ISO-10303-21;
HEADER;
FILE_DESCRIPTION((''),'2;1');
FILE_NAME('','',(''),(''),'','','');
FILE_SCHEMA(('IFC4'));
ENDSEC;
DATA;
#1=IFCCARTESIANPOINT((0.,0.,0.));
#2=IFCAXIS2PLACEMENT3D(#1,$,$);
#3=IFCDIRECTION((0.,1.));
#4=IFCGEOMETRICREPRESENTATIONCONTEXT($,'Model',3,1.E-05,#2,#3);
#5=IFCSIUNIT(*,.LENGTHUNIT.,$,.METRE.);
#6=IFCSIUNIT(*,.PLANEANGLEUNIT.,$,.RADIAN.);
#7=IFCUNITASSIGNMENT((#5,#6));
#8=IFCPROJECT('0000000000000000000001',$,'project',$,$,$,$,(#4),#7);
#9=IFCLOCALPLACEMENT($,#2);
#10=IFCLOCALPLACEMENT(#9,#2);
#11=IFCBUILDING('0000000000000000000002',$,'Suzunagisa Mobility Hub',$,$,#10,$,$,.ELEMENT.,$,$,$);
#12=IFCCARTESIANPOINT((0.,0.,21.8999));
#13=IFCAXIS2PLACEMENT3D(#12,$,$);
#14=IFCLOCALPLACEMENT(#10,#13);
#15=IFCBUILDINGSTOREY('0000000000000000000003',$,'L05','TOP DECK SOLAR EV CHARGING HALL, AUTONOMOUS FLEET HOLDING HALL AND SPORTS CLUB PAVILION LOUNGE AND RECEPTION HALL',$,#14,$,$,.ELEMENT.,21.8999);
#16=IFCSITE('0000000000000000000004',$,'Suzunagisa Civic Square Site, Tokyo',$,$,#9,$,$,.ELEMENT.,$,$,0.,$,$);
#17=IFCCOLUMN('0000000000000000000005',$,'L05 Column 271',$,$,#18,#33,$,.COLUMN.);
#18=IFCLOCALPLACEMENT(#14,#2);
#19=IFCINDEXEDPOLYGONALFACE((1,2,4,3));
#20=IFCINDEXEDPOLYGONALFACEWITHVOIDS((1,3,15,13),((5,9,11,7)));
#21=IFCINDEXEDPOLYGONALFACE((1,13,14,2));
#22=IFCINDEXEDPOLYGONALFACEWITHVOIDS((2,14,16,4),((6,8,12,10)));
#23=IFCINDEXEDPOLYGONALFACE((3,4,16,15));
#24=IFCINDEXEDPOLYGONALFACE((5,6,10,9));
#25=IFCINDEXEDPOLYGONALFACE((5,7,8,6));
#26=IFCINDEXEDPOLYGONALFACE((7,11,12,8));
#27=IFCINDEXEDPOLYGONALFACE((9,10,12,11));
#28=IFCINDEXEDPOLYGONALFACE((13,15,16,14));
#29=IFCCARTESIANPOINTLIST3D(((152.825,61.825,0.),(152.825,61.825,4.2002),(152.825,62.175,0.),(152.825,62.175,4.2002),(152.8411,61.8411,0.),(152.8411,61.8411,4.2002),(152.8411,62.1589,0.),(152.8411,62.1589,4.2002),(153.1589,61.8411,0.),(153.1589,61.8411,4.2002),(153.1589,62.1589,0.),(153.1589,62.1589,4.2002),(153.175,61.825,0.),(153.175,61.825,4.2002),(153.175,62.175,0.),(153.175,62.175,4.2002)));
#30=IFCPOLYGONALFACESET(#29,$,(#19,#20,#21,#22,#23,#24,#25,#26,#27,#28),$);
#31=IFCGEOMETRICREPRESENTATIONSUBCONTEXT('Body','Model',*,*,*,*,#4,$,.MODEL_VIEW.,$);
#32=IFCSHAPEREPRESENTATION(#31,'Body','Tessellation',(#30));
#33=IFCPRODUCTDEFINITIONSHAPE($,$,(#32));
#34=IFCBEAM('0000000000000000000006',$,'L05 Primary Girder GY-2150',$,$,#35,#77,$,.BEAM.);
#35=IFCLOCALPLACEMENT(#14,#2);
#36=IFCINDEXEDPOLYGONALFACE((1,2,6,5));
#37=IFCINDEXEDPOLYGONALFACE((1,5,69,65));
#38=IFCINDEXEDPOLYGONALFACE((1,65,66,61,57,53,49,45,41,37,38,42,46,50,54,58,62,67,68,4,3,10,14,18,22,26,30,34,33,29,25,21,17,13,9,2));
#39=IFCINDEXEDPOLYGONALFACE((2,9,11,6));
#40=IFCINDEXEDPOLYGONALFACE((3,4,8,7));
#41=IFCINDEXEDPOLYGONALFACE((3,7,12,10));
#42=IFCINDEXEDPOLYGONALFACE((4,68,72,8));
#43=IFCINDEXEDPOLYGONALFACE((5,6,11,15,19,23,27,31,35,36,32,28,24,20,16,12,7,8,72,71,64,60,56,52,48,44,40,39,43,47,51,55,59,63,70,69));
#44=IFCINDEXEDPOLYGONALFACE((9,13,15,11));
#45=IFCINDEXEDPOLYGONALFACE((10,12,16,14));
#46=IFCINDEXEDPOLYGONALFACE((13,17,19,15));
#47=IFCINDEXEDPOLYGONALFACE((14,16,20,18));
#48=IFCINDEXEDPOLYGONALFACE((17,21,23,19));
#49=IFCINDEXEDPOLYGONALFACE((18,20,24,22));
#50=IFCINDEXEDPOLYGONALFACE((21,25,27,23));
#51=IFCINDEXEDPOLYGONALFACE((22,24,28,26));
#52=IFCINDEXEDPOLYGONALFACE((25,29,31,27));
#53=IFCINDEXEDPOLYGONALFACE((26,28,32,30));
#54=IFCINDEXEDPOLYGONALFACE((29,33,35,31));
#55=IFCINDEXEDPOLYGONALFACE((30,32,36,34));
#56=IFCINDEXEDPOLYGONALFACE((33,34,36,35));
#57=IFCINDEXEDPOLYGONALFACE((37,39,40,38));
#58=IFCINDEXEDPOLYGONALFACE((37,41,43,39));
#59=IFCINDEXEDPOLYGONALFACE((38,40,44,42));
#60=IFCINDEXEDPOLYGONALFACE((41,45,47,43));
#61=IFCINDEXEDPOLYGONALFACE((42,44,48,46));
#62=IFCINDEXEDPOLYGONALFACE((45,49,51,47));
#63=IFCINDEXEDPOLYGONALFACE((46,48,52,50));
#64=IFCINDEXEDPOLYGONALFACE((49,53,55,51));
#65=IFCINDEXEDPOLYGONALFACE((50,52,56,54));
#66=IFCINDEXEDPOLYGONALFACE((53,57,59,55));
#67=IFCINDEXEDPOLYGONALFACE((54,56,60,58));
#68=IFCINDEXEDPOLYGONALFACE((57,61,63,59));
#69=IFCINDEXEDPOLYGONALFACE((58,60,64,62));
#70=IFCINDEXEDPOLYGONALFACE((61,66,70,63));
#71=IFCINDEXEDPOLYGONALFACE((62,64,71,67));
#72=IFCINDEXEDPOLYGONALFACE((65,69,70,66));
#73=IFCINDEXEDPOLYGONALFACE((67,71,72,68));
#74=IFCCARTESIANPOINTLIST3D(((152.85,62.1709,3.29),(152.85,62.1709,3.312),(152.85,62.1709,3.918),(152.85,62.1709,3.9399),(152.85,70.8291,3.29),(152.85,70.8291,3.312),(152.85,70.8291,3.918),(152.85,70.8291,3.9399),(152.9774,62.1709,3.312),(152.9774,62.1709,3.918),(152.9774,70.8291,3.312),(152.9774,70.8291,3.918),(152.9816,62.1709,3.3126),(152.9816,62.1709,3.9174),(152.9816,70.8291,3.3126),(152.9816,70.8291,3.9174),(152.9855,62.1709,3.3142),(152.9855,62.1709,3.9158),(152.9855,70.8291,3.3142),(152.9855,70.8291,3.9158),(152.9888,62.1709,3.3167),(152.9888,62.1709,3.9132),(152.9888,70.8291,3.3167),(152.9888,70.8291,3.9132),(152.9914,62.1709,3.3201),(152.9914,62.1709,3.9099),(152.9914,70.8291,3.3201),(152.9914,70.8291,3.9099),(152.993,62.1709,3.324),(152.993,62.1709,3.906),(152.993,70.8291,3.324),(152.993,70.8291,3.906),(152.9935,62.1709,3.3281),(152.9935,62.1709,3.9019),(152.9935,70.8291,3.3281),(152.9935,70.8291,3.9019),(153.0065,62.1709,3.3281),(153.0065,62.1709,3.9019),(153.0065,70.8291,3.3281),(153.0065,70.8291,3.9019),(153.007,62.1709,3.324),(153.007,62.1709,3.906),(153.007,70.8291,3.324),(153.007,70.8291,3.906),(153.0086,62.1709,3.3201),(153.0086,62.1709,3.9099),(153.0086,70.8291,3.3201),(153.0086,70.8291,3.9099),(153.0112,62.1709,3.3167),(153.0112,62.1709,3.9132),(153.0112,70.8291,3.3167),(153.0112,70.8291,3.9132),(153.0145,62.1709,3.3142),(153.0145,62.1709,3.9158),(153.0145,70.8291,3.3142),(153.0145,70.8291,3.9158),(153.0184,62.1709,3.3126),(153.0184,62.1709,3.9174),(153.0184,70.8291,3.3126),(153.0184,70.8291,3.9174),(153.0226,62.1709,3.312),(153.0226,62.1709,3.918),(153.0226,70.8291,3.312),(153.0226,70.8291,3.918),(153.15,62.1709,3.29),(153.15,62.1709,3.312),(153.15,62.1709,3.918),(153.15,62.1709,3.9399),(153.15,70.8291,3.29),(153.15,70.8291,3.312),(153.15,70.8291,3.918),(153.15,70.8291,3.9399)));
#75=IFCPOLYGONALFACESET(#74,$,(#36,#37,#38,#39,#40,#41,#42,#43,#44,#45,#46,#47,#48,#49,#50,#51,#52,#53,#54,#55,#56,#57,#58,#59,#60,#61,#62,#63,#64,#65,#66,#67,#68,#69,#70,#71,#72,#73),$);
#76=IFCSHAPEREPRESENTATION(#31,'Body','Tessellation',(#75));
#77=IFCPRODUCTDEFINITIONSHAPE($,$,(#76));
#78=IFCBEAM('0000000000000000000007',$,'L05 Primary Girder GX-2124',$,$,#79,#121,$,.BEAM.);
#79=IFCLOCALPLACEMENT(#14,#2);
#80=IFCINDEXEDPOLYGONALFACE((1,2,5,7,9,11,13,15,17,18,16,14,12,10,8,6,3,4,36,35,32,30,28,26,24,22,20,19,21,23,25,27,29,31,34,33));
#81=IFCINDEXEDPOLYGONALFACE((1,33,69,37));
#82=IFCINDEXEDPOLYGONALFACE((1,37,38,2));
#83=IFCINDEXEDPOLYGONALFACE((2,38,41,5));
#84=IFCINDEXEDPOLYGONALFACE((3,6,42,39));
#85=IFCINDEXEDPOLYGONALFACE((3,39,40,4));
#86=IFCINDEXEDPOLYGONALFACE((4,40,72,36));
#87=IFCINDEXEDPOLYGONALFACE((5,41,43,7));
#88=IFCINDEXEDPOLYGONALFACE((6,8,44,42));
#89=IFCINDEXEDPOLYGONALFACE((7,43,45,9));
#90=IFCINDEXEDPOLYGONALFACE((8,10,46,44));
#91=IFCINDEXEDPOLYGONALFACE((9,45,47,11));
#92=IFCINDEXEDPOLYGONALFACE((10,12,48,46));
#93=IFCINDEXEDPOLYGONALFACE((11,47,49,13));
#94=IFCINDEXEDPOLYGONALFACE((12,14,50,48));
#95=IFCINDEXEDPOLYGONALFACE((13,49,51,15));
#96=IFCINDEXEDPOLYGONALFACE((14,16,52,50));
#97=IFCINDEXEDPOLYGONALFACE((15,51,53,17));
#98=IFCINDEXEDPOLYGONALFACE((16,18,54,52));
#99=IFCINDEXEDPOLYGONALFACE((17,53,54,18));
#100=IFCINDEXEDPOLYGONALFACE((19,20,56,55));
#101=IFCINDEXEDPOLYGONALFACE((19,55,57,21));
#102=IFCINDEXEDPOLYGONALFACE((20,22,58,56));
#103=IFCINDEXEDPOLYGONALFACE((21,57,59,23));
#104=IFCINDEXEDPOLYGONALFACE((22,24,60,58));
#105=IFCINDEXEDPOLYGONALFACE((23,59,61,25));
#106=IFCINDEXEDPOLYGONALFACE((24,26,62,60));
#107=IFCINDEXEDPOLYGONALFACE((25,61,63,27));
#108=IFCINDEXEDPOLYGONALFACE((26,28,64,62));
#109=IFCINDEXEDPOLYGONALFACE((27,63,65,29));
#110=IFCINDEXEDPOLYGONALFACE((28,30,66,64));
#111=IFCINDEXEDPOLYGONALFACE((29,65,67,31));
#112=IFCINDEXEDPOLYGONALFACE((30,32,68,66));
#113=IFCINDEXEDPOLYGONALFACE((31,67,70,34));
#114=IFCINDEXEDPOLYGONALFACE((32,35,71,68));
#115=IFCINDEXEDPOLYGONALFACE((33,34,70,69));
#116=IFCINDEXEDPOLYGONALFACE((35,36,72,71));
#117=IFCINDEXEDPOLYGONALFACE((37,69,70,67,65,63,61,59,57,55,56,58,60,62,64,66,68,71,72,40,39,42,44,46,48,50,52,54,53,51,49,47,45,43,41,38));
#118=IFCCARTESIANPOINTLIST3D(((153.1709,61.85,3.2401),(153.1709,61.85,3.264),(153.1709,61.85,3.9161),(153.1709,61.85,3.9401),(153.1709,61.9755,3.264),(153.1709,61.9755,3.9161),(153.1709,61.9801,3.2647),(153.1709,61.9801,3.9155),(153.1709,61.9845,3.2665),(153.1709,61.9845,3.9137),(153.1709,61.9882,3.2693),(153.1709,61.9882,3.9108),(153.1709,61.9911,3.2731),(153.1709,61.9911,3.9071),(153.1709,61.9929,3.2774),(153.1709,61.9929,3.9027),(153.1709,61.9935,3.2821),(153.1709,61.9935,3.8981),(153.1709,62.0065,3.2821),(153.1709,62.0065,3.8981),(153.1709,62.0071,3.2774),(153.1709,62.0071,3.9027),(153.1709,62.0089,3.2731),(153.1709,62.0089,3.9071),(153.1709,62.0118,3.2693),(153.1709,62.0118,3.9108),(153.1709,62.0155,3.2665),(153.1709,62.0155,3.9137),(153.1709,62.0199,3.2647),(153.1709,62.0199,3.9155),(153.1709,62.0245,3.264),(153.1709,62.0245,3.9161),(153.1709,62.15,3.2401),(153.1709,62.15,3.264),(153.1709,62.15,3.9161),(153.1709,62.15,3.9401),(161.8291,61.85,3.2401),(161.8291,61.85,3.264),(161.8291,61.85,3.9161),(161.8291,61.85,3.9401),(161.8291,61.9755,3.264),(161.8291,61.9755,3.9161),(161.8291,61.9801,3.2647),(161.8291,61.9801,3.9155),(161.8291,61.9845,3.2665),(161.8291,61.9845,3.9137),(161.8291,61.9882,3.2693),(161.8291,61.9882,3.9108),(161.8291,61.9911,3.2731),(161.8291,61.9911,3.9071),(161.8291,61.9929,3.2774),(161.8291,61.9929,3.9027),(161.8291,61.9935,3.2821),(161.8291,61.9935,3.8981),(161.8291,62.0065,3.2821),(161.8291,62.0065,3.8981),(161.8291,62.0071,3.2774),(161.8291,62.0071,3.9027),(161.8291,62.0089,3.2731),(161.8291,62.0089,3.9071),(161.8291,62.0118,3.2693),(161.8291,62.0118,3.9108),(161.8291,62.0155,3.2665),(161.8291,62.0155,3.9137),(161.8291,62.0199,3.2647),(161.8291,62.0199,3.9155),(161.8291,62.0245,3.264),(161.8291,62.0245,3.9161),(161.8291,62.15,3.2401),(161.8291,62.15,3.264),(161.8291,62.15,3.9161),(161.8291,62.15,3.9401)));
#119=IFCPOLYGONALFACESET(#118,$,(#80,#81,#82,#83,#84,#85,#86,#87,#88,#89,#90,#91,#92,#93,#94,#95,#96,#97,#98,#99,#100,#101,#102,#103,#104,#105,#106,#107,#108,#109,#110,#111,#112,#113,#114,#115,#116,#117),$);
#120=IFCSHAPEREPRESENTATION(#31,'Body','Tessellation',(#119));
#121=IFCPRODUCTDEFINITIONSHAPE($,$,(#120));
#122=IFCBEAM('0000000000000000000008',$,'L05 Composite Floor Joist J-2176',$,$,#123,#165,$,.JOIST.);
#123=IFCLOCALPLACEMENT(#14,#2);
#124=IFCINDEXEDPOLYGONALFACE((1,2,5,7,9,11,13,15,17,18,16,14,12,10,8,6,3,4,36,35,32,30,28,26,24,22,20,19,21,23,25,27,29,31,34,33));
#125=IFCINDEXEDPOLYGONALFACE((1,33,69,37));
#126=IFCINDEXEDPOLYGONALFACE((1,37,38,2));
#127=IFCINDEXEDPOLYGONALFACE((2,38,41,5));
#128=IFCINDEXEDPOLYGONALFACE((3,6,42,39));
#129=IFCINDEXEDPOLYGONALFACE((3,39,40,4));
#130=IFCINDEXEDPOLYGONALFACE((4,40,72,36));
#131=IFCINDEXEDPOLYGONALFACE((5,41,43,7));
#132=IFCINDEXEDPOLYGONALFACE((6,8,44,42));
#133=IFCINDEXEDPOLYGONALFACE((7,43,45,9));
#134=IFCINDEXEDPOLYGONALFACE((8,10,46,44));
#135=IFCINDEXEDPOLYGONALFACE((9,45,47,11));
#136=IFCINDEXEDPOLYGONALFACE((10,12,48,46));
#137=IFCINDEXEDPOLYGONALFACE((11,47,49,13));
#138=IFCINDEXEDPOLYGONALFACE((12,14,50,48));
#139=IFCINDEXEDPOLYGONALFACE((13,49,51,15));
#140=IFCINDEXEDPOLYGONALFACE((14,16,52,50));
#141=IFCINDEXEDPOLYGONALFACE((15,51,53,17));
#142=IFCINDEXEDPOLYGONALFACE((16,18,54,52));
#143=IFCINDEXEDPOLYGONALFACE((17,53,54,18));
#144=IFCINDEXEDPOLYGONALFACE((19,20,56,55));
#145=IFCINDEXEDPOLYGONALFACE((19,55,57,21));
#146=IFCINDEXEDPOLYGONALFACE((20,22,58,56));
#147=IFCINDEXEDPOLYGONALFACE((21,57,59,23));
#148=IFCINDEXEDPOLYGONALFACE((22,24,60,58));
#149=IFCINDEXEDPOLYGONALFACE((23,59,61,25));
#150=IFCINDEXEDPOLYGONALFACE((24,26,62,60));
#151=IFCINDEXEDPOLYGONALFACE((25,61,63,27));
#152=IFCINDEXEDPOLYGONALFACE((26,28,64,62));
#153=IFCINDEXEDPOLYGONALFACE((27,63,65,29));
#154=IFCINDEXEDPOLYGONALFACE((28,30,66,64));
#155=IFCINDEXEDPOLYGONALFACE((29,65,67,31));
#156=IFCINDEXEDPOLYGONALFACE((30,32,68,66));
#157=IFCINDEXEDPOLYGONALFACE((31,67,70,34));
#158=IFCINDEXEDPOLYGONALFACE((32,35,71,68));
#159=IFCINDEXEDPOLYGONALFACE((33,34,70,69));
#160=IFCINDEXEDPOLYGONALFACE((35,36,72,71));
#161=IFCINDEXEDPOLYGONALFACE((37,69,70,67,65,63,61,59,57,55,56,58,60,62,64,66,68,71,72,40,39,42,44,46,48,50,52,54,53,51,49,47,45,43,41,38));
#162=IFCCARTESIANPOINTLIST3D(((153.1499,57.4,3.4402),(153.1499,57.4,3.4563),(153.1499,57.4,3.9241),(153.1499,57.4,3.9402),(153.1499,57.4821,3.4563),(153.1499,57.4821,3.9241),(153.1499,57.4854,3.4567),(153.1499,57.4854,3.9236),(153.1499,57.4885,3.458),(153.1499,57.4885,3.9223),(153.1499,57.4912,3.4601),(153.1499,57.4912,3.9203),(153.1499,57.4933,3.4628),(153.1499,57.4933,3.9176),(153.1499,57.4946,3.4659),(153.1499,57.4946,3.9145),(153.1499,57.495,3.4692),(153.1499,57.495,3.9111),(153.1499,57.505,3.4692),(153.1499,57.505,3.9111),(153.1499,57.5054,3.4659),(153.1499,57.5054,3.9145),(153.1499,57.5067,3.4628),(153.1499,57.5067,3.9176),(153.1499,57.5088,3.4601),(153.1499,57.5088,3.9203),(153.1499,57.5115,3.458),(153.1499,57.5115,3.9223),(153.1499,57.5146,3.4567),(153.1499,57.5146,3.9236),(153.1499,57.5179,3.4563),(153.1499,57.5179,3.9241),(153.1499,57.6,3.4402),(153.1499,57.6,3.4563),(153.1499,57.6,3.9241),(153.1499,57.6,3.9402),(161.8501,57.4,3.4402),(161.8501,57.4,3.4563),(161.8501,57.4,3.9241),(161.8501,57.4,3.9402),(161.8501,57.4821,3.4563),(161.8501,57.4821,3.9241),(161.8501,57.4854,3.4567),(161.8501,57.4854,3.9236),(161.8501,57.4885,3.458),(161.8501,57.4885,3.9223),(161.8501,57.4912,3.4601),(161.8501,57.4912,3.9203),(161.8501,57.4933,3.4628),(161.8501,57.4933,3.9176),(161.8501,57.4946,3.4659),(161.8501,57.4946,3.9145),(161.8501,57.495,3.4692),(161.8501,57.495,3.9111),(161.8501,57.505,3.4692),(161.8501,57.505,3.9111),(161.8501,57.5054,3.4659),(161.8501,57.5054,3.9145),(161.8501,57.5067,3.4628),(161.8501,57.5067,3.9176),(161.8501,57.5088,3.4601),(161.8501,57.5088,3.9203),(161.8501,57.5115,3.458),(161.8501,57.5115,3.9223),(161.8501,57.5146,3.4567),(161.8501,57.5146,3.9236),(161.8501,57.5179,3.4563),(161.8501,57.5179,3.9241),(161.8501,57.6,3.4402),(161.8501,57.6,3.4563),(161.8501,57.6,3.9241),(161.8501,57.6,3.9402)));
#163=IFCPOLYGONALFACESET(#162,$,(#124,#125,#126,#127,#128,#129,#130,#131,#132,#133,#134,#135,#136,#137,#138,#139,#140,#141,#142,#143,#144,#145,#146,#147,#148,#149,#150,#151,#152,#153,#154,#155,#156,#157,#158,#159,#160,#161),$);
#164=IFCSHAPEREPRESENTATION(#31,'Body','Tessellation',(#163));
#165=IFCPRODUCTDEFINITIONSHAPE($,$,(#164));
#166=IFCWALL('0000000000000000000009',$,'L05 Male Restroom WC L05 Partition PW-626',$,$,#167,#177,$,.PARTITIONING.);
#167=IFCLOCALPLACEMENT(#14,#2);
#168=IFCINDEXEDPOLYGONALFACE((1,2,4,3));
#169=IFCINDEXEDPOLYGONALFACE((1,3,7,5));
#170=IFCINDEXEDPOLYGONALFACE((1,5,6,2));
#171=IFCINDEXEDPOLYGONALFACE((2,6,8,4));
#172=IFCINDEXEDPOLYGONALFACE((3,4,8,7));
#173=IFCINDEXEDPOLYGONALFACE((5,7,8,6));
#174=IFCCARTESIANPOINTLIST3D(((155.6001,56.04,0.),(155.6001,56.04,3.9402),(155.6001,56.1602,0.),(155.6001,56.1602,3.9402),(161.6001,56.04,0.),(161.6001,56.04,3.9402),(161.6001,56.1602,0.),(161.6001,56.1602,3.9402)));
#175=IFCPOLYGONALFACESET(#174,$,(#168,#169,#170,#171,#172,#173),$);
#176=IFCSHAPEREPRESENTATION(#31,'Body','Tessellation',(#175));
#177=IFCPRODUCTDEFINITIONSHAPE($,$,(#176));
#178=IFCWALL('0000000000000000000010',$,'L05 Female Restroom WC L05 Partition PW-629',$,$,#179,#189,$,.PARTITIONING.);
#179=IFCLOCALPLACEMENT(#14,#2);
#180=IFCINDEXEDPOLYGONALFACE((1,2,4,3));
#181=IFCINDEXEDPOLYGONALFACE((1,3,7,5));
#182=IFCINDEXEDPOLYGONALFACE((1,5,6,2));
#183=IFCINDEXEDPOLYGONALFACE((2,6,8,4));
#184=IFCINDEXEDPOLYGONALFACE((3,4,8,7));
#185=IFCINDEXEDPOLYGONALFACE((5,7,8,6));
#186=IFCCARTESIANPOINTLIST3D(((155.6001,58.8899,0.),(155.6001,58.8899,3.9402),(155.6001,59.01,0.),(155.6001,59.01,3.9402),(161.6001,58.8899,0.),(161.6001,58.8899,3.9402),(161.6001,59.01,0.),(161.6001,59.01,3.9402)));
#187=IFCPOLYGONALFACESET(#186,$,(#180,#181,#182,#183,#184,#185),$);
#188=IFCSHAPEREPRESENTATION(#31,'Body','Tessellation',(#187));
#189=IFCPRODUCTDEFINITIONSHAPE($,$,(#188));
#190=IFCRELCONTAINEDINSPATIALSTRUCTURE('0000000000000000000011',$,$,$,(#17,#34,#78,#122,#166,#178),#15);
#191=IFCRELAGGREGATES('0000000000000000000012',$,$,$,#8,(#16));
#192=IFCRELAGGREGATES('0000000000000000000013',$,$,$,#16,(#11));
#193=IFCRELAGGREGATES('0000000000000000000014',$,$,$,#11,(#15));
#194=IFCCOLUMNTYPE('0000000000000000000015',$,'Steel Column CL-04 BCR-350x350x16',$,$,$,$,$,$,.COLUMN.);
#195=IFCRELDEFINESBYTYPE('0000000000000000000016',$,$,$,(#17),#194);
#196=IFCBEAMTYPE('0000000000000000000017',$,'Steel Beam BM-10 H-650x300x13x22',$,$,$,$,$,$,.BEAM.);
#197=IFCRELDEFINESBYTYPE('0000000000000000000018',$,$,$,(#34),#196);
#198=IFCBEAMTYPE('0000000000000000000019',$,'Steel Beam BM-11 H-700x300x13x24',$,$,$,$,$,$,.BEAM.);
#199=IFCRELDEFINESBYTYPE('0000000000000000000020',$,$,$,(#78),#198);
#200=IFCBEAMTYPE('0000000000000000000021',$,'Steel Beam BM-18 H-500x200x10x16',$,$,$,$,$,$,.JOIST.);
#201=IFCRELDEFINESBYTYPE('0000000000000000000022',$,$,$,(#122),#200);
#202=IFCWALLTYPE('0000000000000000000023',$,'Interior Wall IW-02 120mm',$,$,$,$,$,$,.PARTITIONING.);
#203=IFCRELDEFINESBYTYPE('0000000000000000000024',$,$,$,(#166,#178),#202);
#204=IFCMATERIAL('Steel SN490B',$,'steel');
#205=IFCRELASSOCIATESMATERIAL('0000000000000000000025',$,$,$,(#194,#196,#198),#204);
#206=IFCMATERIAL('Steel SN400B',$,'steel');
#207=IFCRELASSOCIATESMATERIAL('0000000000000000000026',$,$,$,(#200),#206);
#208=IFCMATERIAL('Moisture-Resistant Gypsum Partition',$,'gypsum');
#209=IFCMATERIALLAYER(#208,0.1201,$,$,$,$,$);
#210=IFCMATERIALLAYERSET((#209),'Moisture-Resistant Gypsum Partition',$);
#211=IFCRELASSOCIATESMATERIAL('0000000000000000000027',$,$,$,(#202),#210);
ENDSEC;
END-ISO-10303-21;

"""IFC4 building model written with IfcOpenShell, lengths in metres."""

from ifc_helpers import new_model, si_unit, direction, frame, frame_2d, origin, origin_2d, place, context, subcontext, project, spatial, rectangle, hollow_rectangle, i_section, extrude, material, layer, layer_set, material_profile, profile_set, type_object, element, save


model = new_model("IFC4")

# Units and contexts
model_context = context("Model", 3, precision=1e-05, world=origin(), true_north=direction((0.0, 1.0)))
body_context = subcontext(model_context, "Body", "Model", "MODEL_VIEW")
ifc_project = project(units=[si_unit("LENGTHUNIT", "METRE"), si_unit("PLANEANGLEUNIT", "RADIAN")], contexts=[model_context])

# Site, building, storey
site_placement = place(None, origin())
site = spatial("IfcSite", under=ifc_project, at=site_placement, Name="Suzunagisa Civic Square Site, Tokyo", CompositionType="ELEMENT", RefElevation=0.0)
building_placement = place(site_placement, origin())
building = spatial("IfcBuilding", under=site, at=building_placement, Name="Suzunagisa Mobility Hub", CompositionType="ELEMENT")
storey_placement = place(building_placement, frame((0.0, 0.0, 21.8999)))
storey = spatial("IfcBuildingStorey", under=building, at=storey_placement, Name="L05", Description="TOP DECK SOLAR EV CHARGING HALL, AUTONOMOUS FLEET HOLDING HALL AND SPORTS CLUB PAVILION LOUNGE AND RECEPTION HALL", CompositionType="ELEMENT", Elevation=21.8999)

# Column
ifc_material_1 = material(Name="Steel SN490B", Category="steel")
ifc_material_profile_1 = material_profile(ifc_material_1, hollow_rectangle(XDim=0.3501, YDim=0.3501, WallThickness=0.0161, at=origin_2d()), Name="BCR-350x350x16")
ifc_profile_set_1 = profile_set([ifc_material_profile_1], Name="Steel SN490B")
column_type = type_object("IfcColumnType", Name="Steel Column CL-04 BCR-350x350x16", PredefinedType="COLUMN", material=ifc_profile_set_1)
column_placement = place(storey_placement, frame((153.0, 62.0, 0.0), z_axis=(0.0, 0.0, 1.0), x_axis=(1.0, 0.0, 0.0)))
element("IfcColumn", 1, at=column_placement, inside=storey, type_object=column_type, Name="L05 Column 271", PredefinedType="COLUMN", context=body_context, shape_type="SweptSolid", body=[
    extrude(hollow_rectangle(XDim=0.3501, YDim=0.3501, WallThickness=0.0161, at=origin_2d()), origin(), (0.0, 0.0, 1.0), 4.2002),
])

# Beams
ifc_material_profile_2 = material_profile(ifc_material_1, i_section(OverallWidth=0.3, OverallDepth=0.6499, WebThickness=0.0129, FlangeThickness=0.022, FilletRadius=0.0161, at=origin_2d()), Name="H-650x300x13x22")
ifc_profile_set_2 = profile_set([ifc_material_profile_2], Name="Steel SN490B")
beam_type_1 = type_object("IfcBeamType", Name="Steel Beam BM-10 H-650x300x13x22", PredefinedType="BEAM", material=ifc_profile_set_2)
beam_1_placement = place(storey_placement, frame((153.0, 62.1709, 3.615), z_axis=(0.0, 1.0, 0.0), x_axis=(-1.0, 0.0, 0.0)))
element("IfcBeam", 2, at=beam_1_placement, inside=storey, type_object=beam_type_1, Name="L05 Primary Girder GY-2150", PredefinedType="BEAM", context=body_context, shape_type="SweptSolid", body=[
    extrude(i_section(OverallWidth=0.3, OverallDepth=0.6499, WebThickness=0.0129, FlangeThickness=0.022, FilletRadius=0.0161, at=origin_2d()), origin(), (0.0, 0.0, 1.0), 8.6582),
])
ifc_material_profile_3 = material_profile(ifc_material_1, i_section(OverallWidth=0.3, OverallDepth=0.7, WebThickness=0.0129, FlangeThickness=0.0239, FilletRadius=0.0181, at=origin_2d()), Name="H-700x300x13x24")
ifc_profile_set_3 = profile_set([ifc_material_profile_3], Name="Steel SN490B")
beam_type_2 = type_object("IfcBeamType", Name="Steel Beam BM-11 H-700x300x13x24", PredefinedType="BEAM", material=ifc_profile_set_3)
beam_2_placement = place(storey_placement, frame((153.1709, 62.0, 3.5901), z_axis=(1.0, 0.0, 0.0), x_axis=(0.0, 1.0, 0.0)))
element("IfcBeam", 3, at=beam_2_placement, inside=storey, type_object=beam_type_2, Name="L05 Primary Girder GX-2124", PredefinedType="BEAM", context=body_context, shape_type="SweptSolid", body=[
    extrude(i_section(OverallWidth=0.3, OverallDepth=0.7, WebThickness=0.0129, FlangeThickness=0.0239, FilletRadius=0.0181, at=origin_2d()), origin(), (0.0, 0.0, 1.0), 8.6582),
])
ifc_material_2 = material(Name="Steel SN400B", Category="steel")
ifc_material_profile_4 = material_profile(ifc_material_2, i_section(OverallWidth=0.2, OverallDepth=0.5, WebThickness=0.01, FlangeThickness=0.0161, FilletRadius=0.0129, at=origin_2d()), Name="H-500x200x10x16")
ifc_profile_set_4 = profile_set([ifc_material_profile_4], Name="Steel SN400B")
beam_type_3 = type_object("IfcBeamType", Name="Steel Beam BM-18 H-500x200x10x16", PredefinedType="JOIST", material=ifc_profile_set_4)
beam_3_placement = place(storey_placement, frame((153.1499, 57.5, 3.6902), z_axis=(1.0, 0.0, 0.0), x_axis=(0.0, 1.0, 0.0)))
element("IfcBeam", 4, at=beam_3_placement, inside=storey, type_object=beam_type_3, Name="L05 Composite Floor Joist J-2176", PredefinedType="JOIST", context=body_context, shape_type="SweptSolid", body=[
    extrude(i_section(OverallWidth=0.2, OverallDepth=0.5, WebThickness=0.01, FlangeThickness=0.0161, FilletRadius=0.0129, at=origin_2d()), origin(), (0.0, 0.0, 1.0), 8.7002),
])

# Walls
ifc_material_3 = material(Name="Moisture-Resistant Gypsum Partition", Category="gypsum")
ifc_layer_1 = layer(ifc_material_3, 0.1201)
ifc_layer_set_1 = layer_set([ifc_layer_1], Name="Moisture-Resistant Gypsum Partition")
wall_type_1 = type_object("IfcWallType", Name="Interior Wall IW-02 120mm", PredefinedType="PARTITIONING", material=ifc_layer_set_1)
for number, where, z_axis, x_axis, name in (
    (5, (155.6001, 56.1001, 0.0), (0.0, 0.0, 1.0), (1.0, 0.0, 0.0), "L05 Male Restroom WC L05 Partition PW-626"),
    (6, (155.6001, 58.95, 0.0), (0.0, 0.0, 1.0), (1.0, 0.0, 0.0), "L05 Female Restroom WC L05 Partition PW-629"),
):
    element("IfcWall", number, at=place(storey_placement, frame(where, z_axis=z_axis, x_axis=x_axis)), inside=storey, type_object=wall_type_1, Name=name, PredefinedType="PARTITIONING", context=body_context, shape_type="SweptSolid", body=[
        extrude(rectangle(XDim=6.0, YDim=0.1201, at=frame_2d((3.0, 0.0))), origin(), (0.0, 0.0, 1.0), 3.9402),
    ])

save(model, "model.ifc")
